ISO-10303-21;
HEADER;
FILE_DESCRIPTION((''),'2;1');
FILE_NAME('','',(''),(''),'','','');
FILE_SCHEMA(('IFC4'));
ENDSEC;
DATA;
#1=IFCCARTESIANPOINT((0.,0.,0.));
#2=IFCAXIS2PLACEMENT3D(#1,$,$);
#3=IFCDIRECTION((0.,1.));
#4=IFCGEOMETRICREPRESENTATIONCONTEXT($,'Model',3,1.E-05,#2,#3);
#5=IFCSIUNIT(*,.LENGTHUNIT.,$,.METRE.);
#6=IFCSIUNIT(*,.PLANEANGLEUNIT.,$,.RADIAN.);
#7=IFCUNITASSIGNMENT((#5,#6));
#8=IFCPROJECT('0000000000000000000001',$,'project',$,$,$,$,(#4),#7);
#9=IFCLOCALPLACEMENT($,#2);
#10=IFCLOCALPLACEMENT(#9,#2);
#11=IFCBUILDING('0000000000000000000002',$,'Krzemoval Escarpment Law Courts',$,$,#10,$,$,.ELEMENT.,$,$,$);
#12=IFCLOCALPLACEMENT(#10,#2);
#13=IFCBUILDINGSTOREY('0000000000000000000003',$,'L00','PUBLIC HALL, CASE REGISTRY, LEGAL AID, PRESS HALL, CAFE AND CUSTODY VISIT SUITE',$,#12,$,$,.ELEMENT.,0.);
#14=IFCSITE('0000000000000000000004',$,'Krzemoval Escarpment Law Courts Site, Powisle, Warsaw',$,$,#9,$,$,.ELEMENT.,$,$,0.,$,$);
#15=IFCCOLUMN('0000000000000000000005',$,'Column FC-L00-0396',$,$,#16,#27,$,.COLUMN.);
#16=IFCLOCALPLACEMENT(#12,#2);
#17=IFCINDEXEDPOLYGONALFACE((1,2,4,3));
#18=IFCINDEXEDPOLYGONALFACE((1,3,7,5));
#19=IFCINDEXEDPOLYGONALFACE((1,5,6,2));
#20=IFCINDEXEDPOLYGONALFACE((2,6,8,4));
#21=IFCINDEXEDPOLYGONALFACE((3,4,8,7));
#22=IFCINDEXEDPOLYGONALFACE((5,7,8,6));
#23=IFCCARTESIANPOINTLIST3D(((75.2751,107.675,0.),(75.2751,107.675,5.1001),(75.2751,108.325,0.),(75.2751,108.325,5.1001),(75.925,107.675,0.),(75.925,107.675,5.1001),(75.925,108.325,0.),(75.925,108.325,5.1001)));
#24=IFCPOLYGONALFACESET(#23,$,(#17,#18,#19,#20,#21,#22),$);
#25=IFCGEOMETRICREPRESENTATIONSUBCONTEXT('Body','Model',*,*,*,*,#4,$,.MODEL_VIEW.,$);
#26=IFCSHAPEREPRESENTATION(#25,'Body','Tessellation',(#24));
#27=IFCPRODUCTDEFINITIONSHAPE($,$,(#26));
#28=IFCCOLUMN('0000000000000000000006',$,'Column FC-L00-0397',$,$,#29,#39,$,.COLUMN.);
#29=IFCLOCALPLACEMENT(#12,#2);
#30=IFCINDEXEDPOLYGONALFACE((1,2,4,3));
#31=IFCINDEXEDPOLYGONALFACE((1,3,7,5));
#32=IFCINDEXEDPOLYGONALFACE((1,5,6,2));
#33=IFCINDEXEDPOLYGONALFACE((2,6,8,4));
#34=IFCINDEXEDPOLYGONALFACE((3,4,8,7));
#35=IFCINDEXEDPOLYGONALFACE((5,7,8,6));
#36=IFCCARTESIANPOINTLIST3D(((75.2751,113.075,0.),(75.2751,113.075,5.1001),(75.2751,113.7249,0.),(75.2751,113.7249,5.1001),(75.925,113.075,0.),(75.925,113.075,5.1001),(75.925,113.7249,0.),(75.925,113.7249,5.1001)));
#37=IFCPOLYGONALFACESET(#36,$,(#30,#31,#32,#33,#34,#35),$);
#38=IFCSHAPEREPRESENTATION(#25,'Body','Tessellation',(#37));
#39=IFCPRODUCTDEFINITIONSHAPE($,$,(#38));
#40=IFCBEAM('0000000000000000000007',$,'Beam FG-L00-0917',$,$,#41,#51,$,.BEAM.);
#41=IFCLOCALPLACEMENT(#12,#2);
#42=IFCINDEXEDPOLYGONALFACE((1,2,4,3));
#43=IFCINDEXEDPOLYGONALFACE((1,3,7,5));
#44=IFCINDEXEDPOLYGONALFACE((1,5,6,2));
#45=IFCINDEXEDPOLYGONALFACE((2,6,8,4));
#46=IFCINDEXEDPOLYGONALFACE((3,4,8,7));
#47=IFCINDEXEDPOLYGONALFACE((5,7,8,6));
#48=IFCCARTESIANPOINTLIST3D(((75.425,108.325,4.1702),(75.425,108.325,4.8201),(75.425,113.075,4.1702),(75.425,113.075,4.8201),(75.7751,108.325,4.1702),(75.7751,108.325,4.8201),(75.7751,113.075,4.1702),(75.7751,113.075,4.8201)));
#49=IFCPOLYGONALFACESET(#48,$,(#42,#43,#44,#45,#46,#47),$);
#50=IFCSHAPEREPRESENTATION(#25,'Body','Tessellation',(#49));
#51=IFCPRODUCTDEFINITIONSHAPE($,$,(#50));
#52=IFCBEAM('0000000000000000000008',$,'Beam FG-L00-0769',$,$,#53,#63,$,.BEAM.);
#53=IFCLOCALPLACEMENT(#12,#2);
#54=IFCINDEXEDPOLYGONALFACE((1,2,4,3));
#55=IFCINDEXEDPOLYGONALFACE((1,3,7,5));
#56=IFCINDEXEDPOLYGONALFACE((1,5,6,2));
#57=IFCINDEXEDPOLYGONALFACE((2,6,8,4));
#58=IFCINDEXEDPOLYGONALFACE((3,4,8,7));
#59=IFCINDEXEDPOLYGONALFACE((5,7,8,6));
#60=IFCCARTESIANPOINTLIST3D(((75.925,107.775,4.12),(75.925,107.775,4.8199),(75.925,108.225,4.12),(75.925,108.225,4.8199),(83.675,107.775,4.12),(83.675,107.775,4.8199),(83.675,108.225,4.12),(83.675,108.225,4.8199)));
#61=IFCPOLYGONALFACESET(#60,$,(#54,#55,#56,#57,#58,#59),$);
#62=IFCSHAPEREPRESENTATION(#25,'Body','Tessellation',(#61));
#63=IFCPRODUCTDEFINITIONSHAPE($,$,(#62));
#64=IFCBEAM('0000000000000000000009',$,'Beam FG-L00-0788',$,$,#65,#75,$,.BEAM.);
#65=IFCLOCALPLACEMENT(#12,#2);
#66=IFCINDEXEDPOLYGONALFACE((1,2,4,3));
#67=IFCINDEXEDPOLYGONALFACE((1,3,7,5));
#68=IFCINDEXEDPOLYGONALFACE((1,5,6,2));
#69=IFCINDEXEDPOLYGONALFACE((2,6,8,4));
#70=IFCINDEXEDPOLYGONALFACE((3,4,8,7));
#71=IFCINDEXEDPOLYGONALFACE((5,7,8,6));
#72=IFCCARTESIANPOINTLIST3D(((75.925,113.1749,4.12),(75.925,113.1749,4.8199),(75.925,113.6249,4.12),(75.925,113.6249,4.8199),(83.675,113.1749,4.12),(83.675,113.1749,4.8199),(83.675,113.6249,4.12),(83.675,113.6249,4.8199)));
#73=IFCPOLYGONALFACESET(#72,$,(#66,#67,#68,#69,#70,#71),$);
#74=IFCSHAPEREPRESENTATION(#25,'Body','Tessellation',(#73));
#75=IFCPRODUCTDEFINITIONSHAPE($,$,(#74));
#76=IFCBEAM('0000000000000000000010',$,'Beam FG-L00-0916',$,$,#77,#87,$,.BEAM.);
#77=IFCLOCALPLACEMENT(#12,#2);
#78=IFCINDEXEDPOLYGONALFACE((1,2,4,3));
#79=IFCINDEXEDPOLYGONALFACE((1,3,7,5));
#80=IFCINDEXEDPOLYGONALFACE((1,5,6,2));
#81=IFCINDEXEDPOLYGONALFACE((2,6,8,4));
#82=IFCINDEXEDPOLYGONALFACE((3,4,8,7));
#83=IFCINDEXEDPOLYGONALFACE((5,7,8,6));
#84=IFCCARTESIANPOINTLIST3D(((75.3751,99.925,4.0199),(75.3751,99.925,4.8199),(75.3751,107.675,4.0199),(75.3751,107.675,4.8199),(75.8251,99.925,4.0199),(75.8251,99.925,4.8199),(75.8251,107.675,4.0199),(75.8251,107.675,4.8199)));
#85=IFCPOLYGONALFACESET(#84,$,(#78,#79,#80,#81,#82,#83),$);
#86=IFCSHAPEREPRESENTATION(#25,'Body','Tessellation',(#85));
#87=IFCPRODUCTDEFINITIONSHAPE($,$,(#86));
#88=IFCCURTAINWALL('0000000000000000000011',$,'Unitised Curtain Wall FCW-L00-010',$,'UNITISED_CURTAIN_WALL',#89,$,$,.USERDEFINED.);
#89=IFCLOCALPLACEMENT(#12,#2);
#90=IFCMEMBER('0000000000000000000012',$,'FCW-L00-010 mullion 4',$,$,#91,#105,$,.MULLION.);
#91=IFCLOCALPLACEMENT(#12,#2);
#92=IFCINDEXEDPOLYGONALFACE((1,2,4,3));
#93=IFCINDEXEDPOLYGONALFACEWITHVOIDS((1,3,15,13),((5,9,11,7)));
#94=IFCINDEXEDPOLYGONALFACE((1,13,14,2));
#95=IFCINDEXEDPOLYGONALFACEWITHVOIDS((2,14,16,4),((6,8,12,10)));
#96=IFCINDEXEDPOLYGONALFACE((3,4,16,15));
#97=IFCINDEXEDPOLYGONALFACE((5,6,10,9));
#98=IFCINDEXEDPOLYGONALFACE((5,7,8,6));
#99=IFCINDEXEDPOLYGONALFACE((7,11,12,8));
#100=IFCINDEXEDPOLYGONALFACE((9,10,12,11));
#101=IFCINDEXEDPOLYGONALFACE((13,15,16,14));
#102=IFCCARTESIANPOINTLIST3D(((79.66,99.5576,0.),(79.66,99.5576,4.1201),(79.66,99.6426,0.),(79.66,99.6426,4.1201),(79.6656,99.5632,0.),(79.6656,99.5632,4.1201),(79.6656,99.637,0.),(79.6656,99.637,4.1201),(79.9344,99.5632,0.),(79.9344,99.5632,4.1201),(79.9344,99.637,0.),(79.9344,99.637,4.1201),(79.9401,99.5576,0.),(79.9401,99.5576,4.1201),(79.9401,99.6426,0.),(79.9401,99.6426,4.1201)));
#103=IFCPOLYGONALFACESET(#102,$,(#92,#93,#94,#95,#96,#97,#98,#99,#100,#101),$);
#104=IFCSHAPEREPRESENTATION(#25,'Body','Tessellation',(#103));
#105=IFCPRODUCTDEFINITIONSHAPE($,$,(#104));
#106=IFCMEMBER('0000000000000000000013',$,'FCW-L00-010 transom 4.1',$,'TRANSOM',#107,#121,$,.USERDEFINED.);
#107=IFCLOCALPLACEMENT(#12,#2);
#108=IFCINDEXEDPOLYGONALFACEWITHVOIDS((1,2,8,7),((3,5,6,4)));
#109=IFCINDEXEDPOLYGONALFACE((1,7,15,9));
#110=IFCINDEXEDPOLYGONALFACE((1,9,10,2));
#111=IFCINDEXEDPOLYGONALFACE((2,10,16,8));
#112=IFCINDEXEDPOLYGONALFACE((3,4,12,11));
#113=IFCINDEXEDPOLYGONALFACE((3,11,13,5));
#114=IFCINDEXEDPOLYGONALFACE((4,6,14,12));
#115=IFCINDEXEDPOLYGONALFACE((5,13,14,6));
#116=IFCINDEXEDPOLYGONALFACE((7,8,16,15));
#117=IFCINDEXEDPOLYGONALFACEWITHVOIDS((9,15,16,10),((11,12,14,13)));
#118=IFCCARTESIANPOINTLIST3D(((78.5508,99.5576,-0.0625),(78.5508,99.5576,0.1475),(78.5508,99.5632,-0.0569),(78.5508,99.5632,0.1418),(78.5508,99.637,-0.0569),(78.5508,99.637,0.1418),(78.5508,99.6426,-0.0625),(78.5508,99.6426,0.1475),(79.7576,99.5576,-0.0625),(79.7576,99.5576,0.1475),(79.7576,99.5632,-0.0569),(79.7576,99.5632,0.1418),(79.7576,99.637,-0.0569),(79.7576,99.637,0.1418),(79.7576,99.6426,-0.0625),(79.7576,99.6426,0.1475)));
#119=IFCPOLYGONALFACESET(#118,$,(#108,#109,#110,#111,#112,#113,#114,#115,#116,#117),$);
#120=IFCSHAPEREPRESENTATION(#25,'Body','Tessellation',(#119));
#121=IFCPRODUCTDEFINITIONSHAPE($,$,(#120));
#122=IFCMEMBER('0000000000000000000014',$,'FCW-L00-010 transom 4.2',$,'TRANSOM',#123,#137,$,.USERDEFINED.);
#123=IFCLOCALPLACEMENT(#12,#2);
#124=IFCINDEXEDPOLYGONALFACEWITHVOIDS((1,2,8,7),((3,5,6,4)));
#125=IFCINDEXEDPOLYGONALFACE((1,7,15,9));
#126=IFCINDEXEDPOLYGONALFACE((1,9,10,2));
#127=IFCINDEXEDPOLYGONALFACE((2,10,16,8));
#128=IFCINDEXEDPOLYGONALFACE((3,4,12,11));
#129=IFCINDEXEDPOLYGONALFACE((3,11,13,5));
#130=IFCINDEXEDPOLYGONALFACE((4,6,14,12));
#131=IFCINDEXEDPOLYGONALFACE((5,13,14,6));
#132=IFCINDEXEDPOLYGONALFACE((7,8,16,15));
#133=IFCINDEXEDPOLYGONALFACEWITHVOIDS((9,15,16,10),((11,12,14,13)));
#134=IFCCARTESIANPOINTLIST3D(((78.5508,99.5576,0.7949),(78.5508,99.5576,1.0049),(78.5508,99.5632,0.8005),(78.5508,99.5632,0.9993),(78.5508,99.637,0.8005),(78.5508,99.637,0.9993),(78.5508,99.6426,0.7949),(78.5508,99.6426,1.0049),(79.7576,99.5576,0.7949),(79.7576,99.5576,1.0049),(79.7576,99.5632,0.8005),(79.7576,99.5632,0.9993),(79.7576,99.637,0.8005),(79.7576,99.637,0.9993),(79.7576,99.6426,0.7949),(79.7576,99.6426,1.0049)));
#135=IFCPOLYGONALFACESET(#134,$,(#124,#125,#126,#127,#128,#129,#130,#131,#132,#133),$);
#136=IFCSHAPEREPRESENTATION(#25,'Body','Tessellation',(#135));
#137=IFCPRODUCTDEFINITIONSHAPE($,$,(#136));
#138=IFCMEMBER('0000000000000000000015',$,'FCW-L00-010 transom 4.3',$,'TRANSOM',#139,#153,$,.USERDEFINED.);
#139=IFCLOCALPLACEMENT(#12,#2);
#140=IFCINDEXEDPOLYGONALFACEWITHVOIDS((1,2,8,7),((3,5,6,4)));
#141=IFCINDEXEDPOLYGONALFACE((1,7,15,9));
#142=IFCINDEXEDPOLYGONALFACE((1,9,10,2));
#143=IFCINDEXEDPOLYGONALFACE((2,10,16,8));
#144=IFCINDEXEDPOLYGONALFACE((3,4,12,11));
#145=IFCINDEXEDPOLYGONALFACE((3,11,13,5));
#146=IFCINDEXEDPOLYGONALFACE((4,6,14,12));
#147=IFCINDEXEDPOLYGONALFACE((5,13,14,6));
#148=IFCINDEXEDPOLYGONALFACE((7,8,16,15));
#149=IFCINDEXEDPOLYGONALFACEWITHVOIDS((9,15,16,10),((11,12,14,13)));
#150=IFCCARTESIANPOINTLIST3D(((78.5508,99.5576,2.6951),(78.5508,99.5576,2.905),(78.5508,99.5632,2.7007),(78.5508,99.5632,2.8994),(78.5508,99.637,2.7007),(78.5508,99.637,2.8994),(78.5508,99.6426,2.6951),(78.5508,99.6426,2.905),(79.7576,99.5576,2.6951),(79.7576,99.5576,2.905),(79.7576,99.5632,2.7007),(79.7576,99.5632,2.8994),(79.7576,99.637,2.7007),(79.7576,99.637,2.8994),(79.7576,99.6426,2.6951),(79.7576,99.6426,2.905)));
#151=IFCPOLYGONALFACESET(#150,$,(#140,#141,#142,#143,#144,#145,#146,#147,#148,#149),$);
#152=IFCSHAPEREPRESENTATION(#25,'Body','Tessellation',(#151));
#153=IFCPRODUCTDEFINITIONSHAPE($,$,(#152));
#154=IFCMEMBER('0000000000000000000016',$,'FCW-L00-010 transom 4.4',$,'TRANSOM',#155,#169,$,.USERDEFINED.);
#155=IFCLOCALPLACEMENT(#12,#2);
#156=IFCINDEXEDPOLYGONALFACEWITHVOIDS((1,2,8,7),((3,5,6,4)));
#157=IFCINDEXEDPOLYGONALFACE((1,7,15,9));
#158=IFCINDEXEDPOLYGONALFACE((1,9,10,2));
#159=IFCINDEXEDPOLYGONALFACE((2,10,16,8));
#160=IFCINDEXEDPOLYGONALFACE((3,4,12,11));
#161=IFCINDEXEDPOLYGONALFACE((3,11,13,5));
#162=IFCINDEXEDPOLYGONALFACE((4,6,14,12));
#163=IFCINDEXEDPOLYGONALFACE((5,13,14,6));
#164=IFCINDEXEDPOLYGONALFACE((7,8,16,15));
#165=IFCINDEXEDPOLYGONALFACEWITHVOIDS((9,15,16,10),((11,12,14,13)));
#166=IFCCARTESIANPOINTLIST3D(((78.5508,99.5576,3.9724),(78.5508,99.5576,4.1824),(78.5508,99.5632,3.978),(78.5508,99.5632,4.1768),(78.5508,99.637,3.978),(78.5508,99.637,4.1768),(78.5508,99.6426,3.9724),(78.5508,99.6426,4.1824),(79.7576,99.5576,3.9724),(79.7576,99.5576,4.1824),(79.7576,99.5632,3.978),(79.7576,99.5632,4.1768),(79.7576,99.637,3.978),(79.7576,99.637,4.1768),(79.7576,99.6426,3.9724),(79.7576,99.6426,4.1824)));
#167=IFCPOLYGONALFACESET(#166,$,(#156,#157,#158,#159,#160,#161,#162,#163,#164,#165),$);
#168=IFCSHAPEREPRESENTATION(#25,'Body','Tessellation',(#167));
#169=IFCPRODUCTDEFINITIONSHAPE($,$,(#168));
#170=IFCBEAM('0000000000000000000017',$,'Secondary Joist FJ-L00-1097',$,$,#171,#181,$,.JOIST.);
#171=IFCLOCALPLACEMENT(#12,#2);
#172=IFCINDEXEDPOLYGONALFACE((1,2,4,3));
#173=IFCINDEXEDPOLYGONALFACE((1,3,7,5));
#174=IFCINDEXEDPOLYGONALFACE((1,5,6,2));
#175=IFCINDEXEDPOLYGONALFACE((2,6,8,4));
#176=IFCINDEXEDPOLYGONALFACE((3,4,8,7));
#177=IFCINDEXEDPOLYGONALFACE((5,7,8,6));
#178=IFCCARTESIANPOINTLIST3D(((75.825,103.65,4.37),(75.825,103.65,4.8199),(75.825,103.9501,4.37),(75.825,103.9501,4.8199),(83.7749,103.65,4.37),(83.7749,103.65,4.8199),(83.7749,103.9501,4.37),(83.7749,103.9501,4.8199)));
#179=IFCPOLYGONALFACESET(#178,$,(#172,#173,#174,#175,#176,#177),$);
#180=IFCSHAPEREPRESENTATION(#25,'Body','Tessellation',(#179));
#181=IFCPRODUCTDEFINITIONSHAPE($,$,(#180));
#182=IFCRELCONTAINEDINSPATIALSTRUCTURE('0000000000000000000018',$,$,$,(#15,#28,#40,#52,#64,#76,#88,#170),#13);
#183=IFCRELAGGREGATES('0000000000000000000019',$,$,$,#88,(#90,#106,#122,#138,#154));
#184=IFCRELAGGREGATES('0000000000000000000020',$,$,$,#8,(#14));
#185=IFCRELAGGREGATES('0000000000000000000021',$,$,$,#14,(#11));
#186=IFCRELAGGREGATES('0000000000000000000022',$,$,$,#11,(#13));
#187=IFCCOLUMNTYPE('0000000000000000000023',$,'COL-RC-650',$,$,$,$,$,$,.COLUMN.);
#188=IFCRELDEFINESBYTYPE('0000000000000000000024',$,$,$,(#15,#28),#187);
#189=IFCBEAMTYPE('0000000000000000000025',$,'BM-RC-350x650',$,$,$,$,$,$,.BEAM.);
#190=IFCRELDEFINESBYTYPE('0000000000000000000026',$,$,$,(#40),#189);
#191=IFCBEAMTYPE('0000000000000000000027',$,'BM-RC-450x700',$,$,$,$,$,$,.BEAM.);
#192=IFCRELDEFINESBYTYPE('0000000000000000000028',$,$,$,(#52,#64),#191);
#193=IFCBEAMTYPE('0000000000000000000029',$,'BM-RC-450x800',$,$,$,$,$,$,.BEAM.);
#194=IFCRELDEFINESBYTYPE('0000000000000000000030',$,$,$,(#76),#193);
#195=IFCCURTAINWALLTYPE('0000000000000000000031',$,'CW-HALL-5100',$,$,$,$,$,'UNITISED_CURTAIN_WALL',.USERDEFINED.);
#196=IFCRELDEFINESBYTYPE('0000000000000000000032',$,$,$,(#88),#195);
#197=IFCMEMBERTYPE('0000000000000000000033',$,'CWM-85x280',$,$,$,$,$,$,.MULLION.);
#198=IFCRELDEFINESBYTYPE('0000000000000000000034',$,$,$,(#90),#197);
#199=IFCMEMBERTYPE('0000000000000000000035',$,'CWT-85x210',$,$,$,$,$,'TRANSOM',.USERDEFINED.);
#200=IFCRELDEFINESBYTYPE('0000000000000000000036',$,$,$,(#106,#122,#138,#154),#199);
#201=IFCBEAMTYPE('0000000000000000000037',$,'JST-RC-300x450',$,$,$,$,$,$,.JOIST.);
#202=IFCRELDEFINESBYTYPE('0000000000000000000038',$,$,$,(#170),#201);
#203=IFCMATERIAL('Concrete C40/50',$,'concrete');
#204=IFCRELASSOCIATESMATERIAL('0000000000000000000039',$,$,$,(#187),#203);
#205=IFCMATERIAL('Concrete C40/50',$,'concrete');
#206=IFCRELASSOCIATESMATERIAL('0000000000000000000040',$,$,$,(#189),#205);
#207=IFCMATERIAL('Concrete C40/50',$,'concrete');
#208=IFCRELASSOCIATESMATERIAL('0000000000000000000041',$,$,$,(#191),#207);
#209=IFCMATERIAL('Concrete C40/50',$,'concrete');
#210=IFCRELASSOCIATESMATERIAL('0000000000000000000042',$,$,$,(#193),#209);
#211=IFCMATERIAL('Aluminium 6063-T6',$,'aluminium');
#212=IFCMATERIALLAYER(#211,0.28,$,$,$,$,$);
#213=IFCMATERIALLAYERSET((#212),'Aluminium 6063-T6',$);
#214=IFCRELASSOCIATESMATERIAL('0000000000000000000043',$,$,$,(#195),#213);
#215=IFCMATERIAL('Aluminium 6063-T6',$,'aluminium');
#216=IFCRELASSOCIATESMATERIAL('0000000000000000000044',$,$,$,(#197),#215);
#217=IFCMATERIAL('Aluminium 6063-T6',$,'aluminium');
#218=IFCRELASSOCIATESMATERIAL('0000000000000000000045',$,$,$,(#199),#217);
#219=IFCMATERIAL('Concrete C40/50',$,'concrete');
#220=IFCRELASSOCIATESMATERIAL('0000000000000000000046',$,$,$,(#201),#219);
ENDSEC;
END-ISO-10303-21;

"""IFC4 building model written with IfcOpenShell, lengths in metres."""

from ifc_helpers import new_model, si_unit, direction, frame, origin, origin_2d, place, context, subcontext, project, spatial, rectangle, hollow_rectangle, extrude, material, layer, layer_set, material_profile, profile_set, type_object, element, aggregate, save


model = new_model("IFC4")

# Units and contexts
model_context = context("Model", 3, precision=1e-05, world=origin(), true_north=direction((0.0, 1.0)))
body_context = subcontext(model_context, "Body", "Model", "MODEL_VIEW")
ifc_project = project(units=[si_unit("LENGTHUNIT", "METRE"), si_unit("PLANEANGLEUNIT", "RADIAN")], contexts=[model_context])

# Site, building, storey
site_placement = place(None, origin())
site = spatial("IfcSite", under=ifc_project, at=site_placement, Name="Krzemoval Escarpment Law Courts Site, Powisle, Warsaw", CompositionType="ELEMENT", RefElevation=0.0)
building_placement = place(site_placement, origin())
building = spatial("IfcBuilding", under=site, at=building_placement, Name="Krzemoval Escarpment Law Courts", CompositionType="ELEMENT")
storey_placement = place(building_placement, origin())
storey = spatial("IfcBuildingStorey", under=building, at=storey_placement, Name="L00", Description="PUBLIC HALL, CASE REGISTRY, LEGAL AID, PRESS HALL, CAFE AND CUSTODY VISIT SUITE", CompositionType="ELEMENT", Elevation=0.0)

# Columns
ifc_material_1 = material(Name="Concrete C40/50", Category="concrete")
ifc_material_profile_1 = material_profile(ifc_material_1, rectangle(XDim=0.6499, YDim=0.6499, at=origin_2d()), Name="RC 650x650")
ifc_profile_set_1 = profile_set([ifc_material_profile_1], Name="Concrete C40/50")
column_type = type_object("IfcColumnType", Name="COL-RC-650", PredefinedType="COLUMN", material=ifc_profile_set_1)
for number, where, z_axis, x_axis, name in (
    (1, (75.6001, 108.0, 0.0), (0.0, 0.0, 1.0), (1.0, 0.0, 0.0), "Column FC-L00-0396"),
    (2, (75.6001, 113.3999, 0.0), (0.0, 0.0, 1.0), (1.0, 0.0, 0.0), "Column FC-L00-0397"),
):
    element("IfcColumn", number, at=place(storey_placement, frame(where, z_axis=z_axis, x_axis=x_axis)), inside=storey, type_object=column_type, Name=name, PredefinedType="COLUMN", context=body_context, shape_type="SweptSolid", body=[
        extrude(rectangle(XDim=0.6499, YDim=0.6499, at=origin_2d()), origin(), (0.0, 0.0, 1.0), 5.1001),
    ])

# Beams
ifc_material_2 = material(Name="Concrete C40/50", Category="concrete")
ifc_material_profile_2 = material_profile(ifc_material_2, rectangle(XDim=0.3501, YDim=0.6499, at=origin_2d()), Name="RCB 350x650")
ifc_profile_set_2 = profile_set([ifc_material_profile_2], Name="Concrete C40/50")
beam_type_1 = type_object("IfcBeamType", Name="BM-RC-350x650", PredefinedType="BEAM", material=ifc_profile_set_2)
beam_1_placement = place(storey_placement, frame((75.6001, 108.325, 4.4951), z_axis=(0.0, 1.0, 0.0), x_axis=(-1.0, 0.0, 0.0)))
element("IfcBeam", 3, at=beam_1_placement, inside=storey, type_object=beam_type_1, Name="Beam FG-L00-0917", PredefinedType="BEAM", context=body_context, shape_type="SweptSolid", body=[
    extrude(rectangle(XDim=0.3501, YDim=0.6499, at=origin_2d()), origin(), (0.0, 0.0, 1.0), 4.75),
])
ifc_material_3 = material(Name="Concrete C40/50", Category="concrete")
ifc_material_profile_3 = material_profile(ifc_material_3, rectangle(XDim=0.45, YDim=0.7, at=origin_2d()), Name="RCB 450x700")
ifc_profile_set_3 = profile_set([ifc_material_profile_3], Name="Concrete C40/50")
beam_type_2 = type_object("IfcBeamType", Name="BM-RC-450x700", PredefinedType="BEAM", material=ifc_profile_set_3)
for number, where, z_axis, x_axis, name in (
    (4, (75.925, 108.0, 4.47), (1.0, 0.0, 0.0), (0.0, 1.0, 0.0), "Beam FG-L00-0769"),
    (5, (75.925, 113.3999, 4.47), (1.0, 0.0, 0.0), (0.0, 1.0, 0.0), "Beam FG-L00-0788"),
):
    element("IfcBeam", number, at=place(storey_placement, frame(where, z_axis=z_axis, x_axis=x_axis)), inside=storey, type_object=beam_type_2, Name=name, PredefinedType="BEAM", context=body_context, shape_type="SweptSolid", body=[
        extrude(rectangle(XDim=0.45, YDim=0.7, at=origin_2d()), origin(), (0.0, 0.0, 1.0), 7.75),
    ])
ifc_material_4 = material(Name="Concrete C40/50", Category="concrete")
ifc_material_profile_4 = material_profile(ifc_material_4, rectangle(XDim=0.45, YDim=0.8, at=origin_2d()), Name="RCB 450x800")
ifc_profile_set_4 = profile_set([ifc_material_profile_4], Name="Concrete C40/50")
beam_type_3 = type_object("IfcBeamType", Name="BM-RC-450x800", PredefinedType="BEAM", material=ifc_profile_set_4)
beam_2_placement = place(storey_placement, frame((75.6001, 99.925, 4.4199), z_axis=(0.0, 1.0, 0.0), x_axis=(-1.0, 0.0, 0.0)))
element("IfcBeam", 6, at=beam_2_placement, inside=storey, type_object=beam_type_3, Name="Beam FG-L00-0916", PredefinedType="BEAM", context=body_context, shape_type="SweptSolid", body=[
    extrude(rectangle(XDim=0.45, YDim=0.8, at=origin_2d()), origin(), (0.0, 0.0, 1.0), 7.75),
])

# Curtain wall, members
ifc_material_5 = material(Name="Aluminium 6063-T6", Category="aluminium")
ifc_layer_1 = layer(ifc_material_5, 0.28)
ifc_layer_set_1 = layer_set([ifc_layer_1], Name="Aluminium 6063-T6")
curtain_wall_type = type_object("IfcCurtainWallType", Name="CW-HALL-5100", ElementType="UNITISED_CURTAIN_WALL", PredefinedType="USERDEFINED", material=ifc_layer_set_1)
curtain_wall_placement = place(storey_placement, origin())
curtain_wall = element("IfcCurtainWall", 7, at=curtain_wall_placement, inside=storey, type_object=curtain_wall_type, Name="Unitised Curtain Wall FCW-L00-010", ObjectType="UNITISED_CURTAIN_WALL", PredefinedType="USERDEFINED")
ifc_material_6 = material(Name="Aluminium 6063-T6", Category="aluminium")
ifc_material_profile_5 = material_profile(ifc_material_6, hollow_rectangle(XDim=0.085, YDim=0.28, WallThickness=0.0056, at=origin_2d()), Name="ALU M85x280")
ifc_profile_set_5 = profile_set([ifc_material_profile_5], Name="Aluminium 6063-T6")
member_type_1 = type_object("IfcMemberType", Name="CWM-85x280", PredefinedType="MULLION", material=ifc_profile_set_5)
member_1_placement = place(storey_placement, frame((79.8, 99.6001, 0.0), z_axis=(0.0, 0.0, 1.0), x_axis=(0.0, -1.0, 0.0)))
member_1 = element("IfcMember", 8, at=member_1_placement, type_object=member_type_1, Name="FCW-L00-010 mullion 4", PredefinedType="MULLION", context=body_context, shape_type="SweptSolid", body=[
    extrude(hollow_rectangle(XDim=0.085, YDim=0.28, WallThickness=0.0056, at=origin_2d()), origin(), (0.0, 0.0, 1.0), 4.1201),
])
ifc_material_7 = material(Name="Aluminium 6063-T6", Category="aluminium")
ifc_material_profile_6 = material_profile(ifc_material_7, hollow_rectangle(XDim=0.085, YDim=0.21, WallThickness=0.0056, at=origin_2d()), Name="ALU T85x210")
ifc_profile_set_6 = profile_set([ifc_material_profile_6], Name="Aluminium 6063-T6")
member_type_2 = type_object("IfcMemberType", Name="CWT-85x210", ElementType="TRANSOM", PredefinedType="USERDEFINED", material=ifc_profile_set_6)
member_2_placement = place(storey_placement, frame((79.7576, 99.6001, 0.0425), z_axis=(-1.0, 0.0, 0.0), x_axis=(0.0, -1.0, 0.0)))
member_2 = element("IfcMember", 9, at=member_2_placement, type_object=member_type_2, Name="FCW-L00-010 transom 4.1", ObjectType="TRANSOM", PredefinedType="USERDEFINED", context=body_context, shape_type="SweptSolid", body=[
    extrude(hollow_rectangle(XDim=0.085, YDim=0.21, WallThickness=0.0056, at=origin_2d()), origin(), (0.0, 0.0, 1.0), 1.2068),
])
member_3_placement = place(storey_placement, frame((79.7576, 99.6001, 0.8999), z_axis=(-1.0, 0.0, 0.0), x_axis=(0.0, -1.0, 0.0)))
member_3 = element("IfcMember", 10, at=member_3_placement, type_object=member_type_2, Name="FCW-L00-010 transom 4.2", ObjectType="TRANSOM", PredefinedType="USERDEFINED", context=body_context, shape_type="SweptSolid", body=[
    extrude(hollow_rectangle(XDim=0.085, YDim=0.21, WallThickness=0.0056, at=origin_2d()), origin(), (0.0, 0.0, 1.0), 1.2068),
])
member_4_placement = place(storey_placement, frame((79.7576, 99.6001, 2.8), z_axis=(-1.0, 0.0, 0.0), x_axis=(0.0, -1.0, 0.0)))
member_4 = element("IfcMember", 11, at=member_4_placement, type_object=member_type_2, Name="FCW-L00-010 transom 4.3", ObjectType="TRANSOM", PredefinedType="USERDEFINED", context=body_context, shape_type="SweptSolid", body=[
    extrude(hollow_rectangle(XDim=0.085, YDim=0.21, WallThickness=0.0056, at=origin_2d()), origin(), (0.0, 0.0, 1.0), 1.2068),
])
member_5_placement = place(storey_placement, frame((79.7576, 99.6001, 4.0774), z_axis=(-1.0, 0.0, 0.0), x_axis=(0.0, -1.0, 0.0)))
member_5 = element("IfcMember", 12, at=member_5_placement, type_object=member_type_2, Name="FCW-L00-010 transom 4.4", ObjectType="TRANSOM", PredefinedType="USERDEFINED", context=body_context, shape_type="SweptSolid", body=[
    extrude(hollow_rectangle(XDim=0.085, YDim=0.21, WallThickness=0.0056, at=origin_2d()), origin(), (0.0, 0.0, 1.0), 1.2068),
])

# Beam
ifc_material_8 = material(Name="Concrete C40/50", Category="concrete")
ifc_material_profile_7 = material_profile(ifc_material_8, rectangle(XDim=0.3, YDim=0.45, at=origin_2d()), Name="RCB 300x450")
ifc_profile_set_7 = profile_set([ifc_material_profile_7], Name="Concrete C40/50")
beam_type_4 = type_object("IfcBeamType", Name="JST-RC-300x450", PredefinedType="JOIST", material=ifc_profile_set_7)
beam_3_placement = place(storey_placement, frame((75.825, 103.8, 4.595), z_axis=(1.0, 0.0, 0.0), x_axis=(0.0, 1.0, 0.0)))
element("IfcBeam", 13, at=beam_3_placement, inside=storey, type_object=beam_type_4, Name="Secondary Joist FJ-L00-1097", PredefinedType="JOIST", context=body_context, shape_type="SweptSolid", body=[
    extrude(rectangle(XDim=0.3, YDim=0.45, at=origin_2d()), origin(), (0.0, 0.0, 1.0), 7.95),
])

aggregate(curtain_wall, [member_1, member_2, member_3, member_4, member_5])

save(model, "model.ifc")
